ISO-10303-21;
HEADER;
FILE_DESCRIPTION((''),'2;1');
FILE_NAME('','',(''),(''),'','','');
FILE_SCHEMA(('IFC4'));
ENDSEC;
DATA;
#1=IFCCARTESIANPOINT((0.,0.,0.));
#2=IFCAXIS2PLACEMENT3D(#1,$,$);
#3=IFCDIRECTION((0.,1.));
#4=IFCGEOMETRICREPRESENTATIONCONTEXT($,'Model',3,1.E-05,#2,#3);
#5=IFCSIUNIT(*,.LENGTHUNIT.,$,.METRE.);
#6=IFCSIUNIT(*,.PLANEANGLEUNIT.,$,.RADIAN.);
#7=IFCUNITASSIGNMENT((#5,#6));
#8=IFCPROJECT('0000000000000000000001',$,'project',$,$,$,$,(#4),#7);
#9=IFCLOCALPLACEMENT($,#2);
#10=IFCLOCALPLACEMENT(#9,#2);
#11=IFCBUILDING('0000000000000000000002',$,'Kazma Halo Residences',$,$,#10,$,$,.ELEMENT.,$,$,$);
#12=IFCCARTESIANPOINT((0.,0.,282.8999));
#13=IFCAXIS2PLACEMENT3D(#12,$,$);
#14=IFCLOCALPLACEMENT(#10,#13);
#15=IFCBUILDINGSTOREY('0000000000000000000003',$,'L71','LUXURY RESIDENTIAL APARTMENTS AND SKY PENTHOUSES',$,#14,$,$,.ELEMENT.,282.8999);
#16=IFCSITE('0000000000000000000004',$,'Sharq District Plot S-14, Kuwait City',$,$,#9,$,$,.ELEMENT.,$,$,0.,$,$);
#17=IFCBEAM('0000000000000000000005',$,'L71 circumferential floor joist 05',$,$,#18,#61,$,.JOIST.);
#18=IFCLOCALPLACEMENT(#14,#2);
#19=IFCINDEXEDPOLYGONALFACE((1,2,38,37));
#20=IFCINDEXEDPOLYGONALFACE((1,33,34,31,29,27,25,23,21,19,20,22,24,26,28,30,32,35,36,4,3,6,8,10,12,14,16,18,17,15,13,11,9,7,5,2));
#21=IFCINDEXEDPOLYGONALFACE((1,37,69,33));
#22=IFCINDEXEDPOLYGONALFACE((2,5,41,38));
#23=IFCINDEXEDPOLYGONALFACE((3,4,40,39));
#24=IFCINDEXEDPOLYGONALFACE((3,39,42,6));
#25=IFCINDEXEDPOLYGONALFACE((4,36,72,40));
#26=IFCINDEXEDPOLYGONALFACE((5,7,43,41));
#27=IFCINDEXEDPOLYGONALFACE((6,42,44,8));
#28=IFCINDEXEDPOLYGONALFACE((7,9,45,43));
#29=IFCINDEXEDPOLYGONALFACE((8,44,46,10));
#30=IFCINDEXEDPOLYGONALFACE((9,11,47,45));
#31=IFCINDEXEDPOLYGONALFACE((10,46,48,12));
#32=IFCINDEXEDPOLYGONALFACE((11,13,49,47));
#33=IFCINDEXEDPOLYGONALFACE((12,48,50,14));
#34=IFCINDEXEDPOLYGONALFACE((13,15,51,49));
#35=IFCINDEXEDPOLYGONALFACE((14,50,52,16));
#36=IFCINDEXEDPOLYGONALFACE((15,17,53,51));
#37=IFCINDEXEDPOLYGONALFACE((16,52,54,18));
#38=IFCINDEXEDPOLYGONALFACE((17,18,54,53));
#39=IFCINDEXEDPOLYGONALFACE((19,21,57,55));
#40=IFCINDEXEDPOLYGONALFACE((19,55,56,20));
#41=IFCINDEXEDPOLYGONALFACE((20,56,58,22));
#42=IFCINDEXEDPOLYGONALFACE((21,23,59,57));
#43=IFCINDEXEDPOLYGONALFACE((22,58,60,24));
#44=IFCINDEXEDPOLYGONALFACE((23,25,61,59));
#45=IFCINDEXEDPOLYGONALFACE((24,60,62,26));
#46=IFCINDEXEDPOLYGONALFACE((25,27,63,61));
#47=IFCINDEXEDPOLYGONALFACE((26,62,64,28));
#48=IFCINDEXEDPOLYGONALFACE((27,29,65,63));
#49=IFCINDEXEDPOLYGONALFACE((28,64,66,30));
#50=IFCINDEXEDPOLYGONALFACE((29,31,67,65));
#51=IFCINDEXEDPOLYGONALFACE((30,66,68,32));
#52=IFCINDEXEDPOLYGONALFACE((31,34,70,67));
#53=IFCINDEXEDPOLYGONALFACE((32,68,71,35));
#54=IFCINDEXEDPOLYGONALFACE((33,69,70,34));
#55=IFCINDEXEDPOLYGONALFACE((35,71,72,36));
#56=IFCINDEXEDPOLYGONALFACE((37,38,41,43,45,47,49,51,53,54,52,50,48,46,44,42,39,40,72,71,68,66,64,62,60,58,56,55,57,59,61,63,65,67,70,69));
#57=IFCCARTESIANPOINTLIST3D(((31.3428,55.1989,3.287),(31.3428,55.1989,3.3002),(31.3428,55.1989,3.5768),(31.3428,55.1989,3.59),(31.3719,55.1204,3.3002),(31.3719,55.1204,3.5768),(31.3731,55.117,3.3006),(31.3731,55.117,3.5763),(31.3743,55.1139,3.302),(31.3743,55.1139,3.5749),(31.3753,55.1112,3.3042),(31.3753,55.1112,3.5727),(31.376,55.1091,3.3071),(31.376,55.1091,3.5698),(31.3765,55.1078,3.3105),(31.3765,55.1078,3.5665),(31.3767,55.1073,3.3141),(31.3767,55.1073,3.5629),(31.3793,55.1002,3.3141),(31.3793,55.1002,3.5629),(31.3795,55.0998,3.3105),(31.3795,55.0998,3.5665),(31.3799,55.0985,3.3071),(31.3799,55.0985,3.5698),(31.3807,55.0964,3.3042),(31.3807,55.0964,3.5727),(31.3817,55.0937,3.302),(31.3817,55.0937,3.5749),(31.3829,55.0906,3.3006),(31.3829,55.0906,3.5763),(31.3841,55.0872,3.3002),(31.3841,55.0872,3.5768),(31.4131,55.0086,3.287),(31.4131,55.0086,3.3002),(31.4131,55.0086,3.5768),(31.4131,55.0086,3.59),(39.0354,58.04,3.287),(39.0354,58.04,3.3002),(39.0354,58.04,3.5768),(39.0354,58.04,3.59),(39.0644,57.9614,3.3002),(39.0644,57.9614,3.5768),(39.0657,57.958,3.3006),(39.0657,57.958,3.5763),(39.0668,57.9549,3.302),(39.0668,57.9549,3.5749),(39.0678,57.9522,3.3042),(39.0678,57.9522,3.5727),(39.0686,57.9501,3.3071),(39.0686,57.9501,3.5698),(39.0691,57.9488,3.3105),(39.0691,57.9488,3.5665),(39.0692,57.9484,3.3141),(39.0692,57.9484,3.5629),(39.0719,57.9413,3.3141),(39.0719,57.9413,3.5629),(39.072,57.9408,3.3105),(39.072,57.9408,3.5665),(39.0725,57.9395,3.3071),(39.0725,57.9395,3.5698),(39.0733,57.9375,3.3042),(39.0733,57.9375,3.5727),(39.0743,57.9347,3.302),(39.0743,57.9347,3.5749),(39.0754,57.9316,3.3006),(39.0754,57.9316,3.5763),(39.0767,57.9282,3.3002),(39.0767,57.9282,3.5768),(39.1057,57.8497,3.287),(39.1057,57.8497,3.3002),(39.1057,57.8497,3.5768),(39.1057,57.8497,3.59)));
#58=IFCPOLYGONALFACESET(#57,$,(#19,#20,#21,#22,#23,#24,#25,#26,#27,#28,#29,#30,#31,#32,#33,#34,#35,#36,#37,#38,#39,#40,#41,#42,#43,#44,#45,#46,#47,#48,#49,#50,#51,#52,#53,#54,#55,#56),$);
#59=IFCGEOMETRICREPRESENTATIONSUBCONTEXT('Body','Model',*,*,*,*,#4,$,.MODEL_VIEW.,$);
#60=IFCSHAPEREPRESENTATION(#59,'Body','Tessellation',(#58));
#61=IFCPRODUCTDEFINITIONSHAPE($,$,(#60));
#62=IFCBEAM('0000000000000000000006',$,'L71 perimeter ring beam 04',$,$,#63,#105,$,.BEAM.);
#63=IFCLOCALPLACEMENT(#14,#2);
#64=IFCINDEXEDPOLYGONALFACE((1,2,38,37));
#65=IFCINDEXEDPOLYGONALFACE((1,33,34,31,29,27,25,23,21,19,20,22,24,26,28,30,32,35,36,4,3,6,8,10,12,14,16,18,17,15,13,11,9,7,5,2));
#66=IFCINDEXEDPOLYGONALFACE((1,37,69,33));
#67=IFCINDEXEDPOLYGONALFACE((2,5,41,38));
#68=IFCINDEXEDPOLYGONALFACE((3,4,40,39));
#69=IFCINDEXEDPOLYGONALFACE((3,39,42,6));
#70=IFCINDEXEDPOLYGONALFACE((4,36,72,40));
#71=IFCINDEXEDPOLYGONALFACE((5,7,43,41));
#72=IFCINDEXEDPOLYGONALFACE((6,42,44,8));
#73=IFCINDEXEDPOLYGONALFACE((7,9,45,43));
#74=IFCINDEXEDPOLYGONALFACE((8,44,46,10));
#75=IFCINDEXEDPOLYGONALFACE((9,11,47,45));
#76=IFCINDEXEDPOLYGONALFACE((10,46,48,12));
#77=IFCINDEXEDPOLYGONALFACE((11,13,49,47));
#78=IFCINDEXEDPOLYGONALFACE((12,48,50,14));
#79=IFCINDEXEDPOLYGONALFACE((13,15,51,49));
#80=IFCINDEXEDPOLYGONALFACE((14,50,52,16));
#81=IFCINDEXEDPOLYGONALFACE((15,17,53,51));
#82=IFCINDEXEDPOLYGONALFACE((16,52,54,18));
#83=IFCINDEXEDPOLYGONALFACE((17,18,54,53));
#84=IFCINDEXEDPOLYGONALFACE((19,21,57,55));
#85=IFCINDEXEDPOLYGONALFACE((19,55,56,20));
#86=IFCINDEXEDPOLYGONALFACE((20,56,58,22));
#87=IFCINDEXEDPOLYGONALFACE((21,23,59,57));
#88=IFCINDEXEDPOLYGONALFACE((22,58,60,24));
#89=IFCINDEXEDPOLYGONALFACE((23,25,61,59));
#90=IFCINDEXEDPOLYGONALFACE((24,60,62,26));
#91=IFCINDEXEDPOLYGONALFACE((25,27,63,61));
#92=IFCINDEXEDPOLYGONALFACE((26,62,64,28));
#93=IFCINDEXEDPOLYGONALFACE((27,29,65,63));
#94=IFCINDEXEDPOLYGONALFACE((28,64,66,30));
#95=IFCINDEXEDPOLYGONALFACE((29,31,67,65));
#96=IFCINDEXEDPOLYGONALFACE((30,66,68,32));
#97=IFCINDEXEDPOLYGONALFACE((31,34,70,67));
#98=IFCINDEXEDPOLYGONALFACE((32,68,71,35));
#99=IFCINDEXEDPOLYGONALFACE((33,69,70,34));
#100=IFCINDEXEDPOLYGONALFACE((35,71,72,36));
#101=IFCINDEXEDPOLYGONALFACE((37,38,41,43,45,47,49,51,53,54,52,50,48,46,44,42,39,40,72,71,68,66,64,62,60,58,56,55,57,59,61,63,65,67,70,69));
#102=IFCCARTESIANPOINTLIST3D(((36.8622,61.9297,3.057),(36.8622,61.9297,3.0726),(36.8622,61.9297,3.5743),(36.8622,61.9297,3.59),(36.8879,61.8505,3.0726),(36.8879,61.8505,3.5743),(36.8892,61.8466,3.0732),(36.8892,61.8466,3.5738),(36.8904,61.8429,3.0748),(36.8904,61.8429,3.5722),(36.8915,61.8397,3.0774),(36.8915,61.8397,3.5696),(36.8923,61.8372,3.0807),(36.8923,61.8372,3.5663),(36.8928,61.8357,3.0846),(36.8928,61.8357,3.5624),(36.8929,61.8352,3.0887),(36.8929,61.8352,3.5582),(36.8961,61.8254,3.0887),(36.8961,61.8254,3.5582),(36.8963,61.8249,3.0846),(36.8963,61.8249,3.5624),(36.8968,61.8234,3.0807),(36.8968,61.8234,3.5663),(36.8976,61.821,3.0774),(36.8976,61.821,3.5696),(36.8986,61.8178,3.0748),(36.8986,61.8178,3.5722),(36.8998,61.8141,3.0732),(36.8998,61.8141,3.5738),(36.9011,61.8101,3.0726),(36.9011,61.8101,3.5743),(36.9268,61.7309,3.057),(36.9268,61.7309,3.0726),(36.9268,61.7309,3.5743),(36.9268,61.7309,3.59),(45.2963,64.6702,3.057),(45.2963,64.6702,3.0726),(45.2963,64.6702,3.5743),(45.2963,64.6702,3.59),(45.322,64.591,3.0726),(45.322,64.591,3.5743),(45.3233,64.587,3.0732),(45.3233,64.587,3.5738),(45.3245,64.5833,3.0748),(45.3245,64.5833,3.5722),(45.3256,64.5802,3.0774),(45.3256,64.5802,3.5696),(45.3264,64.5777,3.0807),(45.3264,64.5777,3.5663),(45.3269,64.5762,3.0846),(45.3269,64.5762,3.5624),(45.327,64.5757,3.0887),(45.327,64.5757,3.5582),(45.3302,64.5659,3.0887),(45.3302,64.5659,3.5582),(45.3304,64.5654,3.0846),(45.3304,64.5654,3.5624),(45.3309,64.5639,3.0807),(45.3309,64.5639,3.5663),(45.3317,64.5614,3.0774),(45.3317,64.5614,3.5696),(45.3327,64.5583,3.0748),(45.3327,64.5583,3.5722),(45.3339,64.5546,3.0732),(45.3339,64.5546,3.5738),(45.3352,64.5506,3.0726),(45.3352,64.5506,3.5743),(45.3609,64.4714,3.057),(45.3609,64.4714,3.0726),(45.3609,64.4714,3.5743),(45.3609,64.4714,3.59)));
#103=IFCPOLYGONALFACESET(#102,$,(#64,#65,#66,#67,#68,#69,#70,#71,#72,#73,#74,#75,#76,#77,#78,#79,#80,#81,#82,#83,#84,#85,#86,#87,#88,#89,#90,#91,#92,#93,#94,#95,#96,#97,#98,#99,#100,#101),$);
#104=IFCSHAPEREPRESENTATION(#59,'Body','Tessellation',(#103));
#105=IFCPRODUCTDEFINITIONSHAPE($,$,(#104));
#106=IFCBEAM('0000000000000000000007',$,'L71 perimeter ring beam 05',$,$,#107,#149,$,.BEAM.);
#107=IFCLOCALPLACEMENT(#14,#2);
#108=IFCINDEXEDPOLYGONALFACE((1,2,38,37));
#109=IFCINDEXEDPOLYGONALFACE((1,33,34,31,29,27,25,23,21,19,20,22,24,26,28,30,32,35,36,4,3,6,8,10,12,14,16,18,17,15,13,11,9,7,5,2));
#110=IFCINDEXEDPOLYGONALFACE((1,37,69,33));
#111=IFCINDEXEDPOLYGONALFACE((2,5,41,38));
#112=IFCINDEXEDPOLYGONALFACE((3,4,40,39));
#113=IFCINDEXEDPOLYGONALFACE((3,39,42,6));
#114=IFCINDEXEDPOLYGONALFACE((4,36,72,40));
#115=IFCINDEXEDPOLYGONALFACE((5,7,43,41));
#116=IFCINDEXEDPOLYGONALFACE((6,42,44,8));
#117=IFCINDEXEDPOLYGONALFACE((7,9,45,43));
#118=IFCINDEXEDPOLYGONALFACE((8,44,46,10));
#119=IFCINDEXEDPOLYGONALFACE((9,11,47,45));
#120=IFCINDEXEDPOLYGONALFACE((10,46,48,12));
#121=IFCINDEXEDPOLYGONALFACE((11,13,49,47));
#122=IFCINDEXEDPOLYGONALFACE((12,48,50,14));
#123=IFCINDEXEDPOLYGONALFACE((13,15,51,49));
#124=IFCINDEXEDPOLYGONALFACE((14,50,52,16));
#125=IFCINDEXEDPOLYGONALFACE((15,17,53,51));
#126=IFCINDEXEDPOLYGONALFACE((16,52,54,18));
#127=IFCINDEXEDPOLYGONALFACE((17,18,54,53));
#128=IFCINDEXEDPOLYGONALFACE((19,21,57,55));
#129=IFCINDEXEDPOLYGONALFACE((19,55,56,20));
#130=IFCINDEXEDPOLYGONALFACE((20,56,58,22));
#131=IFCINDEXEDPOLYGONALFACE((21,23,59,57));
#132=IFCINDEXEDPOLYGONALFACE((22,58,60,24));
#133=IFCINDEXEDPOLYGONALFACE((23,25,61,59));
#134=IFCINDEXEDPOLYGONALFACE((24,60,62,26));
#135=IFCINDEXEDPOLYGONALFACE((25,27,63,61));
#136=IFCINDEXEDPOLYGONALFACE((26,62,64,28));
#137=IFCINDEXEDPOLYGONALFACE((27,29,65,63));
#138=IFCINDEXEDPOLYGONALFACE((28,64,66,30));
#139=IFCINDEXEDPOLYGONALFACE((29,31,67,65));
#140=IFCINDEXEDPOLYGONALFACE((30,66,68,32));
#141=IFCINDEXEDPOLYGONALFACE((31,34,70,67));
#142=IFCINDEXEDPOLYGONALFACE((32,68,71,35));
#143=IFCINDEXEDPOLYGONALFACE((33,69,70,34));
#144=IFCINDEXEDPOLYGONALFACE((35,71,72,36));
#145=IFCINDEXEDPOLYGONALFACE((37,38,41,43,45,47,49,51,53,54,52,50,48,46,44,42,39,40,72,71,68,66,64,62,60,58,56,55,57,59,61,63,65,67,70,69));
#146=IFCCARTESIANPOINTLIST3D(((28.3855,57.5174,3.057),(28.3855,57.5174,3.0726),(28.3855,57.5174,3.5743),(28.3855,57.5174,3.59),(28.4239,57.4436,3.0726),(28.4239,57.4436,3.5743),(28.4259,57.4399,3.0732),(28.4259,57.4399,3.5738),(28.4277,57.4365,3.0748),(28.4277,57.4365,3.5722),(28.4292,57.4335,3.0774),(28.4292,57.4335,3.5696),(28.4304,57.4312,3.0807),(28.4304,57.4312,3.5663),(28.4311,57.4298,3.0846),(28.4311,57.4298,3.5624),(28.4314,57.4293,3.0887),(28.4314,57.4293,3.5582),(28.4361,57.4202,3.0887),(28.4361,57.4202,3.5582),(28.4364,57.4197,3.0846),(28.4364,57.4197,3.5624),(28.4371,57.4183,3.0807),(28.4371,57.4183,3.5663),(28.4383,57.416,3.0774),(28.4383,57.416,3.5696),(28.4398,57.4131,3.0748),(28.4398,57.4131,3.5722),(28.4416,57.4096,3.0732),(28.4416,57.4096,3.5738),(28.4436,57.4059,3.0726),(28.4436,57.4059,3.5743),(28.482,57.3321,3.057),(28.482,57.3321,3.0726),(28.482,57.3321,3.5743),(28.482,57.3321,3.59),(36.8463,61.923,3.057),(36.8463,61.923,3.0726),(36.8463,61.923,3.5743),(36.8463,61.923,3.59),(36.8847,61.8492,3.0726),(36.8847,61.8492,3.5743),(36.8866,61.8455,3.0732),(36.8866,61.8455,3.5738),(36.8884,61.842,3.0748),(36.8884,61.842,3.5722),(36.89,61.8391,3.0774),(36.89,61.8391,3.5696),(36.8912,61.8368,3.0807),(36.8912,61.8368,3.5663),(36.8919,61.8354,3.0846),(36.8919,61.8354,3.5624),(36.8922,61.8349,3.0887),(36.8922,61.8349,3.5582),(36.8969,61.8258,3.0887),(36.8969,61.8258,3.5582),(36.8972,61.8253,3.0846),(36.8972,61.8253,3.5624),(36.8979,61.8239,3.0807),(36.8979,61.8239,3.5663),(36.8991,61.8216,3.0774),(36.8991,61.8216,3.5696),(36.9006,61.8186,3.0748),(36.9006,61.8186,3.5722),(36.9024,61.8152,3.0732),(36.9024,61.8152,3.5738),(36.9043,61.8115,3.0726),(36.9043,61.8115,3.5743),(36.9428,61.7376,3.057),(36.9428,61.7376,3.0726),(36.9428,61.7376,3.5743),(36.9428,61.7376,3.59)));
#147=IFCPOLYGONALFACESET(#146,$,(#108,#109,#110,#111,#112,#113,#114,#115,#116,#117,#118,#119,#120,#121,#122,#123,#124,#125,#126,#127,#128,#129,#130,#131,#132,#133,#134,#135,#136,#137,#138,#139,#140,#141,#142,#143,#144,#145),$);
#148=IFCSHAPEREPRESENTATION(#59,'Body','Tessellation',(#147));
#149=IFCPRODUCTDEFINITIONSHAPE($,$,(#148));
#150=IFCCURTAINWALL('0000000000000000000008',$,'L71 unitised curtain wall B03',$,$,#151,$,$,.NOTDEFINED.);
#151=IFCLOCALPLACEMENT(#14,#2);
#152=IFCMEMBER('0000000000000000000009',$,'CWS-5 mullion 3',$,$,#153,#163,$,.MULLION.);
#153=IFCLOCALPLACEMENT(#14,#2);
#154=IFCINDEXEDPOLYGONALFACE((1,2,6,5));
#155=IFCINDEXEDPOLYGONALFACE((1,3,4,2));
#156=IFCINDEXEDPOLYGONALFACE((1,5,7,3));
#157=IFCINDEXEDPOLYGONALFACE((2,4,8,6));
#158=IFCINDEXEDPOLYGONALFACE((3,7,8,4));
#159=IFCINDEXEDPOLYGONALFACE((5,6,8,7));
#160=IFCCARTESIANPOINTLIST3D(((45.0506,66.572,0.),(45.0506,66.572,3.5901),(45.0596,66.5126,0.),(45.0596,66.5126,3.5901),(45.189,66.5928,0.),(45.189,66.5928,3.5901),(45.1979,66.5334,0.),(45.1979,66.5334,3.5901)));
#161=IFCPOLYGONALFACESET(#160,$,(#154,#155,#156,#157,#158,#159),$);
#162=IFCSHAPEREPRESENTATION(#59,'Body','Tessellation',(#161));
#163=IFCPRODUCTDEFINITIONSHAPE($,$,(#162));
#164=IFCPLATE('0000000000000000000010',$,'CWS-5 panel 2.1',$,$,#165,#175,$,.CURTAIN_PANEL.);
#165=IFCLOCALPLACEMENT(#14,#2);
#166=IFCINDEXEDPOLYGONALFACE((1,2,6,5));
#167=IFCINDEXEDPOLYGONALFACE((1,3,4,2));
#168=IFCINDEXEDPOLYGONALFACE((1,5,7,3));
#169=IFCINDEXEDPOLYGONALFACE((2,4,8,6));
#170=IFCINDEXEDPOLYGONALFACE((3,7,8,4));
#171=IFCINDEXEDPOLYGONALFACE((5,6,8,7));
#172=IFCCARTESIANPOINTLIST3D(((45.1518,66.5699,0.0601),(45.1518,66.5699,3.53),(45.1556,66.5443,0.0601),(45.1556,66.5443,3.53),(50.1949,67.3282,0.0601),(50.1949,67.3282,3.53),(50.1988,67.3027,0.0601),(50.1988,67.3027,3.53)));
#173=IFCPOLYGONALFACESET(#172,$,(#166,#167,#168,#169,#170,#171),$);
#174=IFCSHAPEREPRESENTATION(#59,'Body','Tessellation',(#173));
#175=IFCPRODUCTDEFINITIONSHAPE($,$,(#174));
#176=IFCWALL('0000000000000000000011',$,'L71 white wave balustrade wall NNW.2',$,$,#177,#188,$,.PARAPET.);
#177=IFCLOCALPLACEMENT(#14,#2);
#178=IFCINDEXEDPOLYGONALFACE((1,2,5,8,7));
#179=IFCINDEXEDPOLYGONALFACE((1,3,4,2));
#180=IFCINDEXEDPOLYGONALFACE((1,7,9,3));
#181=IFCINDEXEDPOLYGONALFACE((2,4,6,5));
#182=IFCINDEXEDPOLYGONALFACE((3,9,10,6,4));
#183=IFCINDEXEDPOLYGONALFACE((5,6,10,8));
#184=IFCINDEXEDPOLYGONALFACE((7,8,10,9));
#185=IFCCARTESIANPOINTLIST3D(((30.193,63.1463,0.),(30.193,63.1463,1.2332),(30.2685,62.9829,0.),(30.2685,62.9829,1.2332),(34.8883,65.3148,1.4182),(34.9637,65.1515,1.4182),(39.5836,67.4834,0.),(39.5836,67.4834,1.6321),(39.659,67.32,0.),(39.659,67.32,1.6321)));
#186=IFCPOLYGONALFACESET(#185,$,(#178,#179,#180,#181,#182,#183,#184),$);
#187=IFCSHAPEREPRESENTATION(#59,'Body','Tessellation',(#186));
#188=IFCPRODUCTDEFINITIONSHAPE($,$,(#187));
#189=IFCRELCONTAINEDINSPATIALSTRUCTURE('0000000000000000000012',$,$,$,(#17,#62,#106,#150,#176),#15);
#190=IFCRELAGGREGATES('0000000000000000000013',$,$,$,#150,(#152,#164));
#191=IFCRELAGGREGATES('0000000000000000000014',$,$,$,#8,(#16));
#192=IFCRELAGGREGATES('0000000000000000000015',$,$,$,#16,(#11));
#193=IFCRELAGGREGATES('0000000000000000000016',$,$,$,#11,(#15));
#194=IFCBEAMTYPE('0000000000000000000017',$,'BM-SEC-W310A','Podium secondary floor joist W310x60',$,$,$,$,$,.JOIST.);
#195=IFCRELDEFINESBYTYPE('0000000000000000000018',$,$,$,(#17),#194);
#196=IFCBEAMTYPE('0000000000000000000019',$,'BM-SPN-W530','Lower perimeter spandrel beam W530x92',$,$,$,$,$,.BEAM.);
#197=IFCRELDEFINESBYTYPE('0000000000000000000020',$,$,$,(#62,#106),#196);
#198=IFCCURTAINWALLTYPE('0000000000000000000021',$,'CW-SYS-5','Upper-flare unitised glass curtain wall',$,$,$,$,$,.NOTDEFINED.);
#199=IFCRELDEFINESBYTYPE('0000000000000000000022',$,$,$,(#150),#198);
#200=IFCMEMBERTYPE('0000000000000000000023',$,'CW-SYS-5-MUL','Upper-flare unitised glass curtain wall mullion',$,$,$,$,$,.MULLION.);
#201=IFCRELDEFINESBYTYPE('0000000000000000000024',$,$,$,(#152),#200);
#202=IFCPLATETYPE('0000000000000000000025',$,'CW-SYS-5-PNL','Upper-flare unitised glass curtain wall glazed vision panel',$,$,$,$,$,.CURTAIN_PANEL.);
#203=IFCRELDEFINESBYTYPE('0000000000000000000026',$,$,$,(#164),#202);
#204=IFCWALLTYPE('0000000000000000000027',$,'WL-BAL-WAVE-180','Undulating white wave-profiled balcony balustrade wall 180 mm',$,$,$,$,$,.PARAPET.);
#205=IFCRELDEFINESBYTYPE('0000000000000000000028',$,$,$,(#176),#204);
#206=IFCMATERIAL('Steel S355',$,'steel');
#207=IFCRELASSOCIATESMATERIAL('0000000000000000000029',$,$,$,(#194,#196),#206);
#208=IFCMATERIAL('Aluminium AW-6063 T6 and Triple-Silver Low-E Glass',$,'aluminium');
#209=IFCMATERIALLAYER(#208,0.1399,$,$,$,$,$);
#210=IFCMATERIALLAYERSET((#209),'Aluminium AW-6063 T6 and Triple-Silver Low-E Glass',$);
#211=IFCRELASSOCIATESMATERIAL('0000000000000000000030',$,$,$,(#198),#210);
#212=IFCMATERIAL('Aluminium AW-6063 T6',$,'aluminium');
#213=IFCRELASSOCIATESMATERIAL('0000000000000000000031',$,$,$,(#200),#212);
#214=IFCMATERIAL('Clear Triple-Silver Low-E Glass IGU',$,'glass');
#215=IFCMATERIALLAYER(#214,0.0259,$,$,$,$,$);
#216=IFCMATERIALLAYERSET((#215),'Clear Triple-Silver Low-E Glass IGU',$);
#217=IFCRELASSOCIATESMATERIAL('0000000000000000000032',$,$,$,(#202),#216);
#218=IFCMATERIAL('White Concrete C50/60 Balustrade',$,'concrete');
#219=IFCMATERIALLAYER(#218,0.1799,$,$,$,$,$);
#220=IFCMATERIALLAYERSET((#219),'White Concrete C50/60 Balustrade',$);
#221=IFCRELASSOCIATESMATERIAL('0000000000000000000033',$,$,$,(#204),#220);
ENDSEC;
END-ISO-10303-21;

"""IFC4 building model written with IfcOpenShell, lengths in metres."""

from ifc_helpers import new_model, si_unit, direction, frame, origin, origin_2d, place, context, subcontext, project, spatial, polyline, rectangle, i_section, outline, extrude, material, layer, layer_set, material_profile, profile_set, type_object, element, aggregate, save


model = new_model("IFC4")

# Units and contexts
model_context = context("Model", 3, precision=1e-05, world=origin(), true_north=direction((0.0, 1.0)))
body_context = subcontext(model_context, "Body", "Model", "MODEL_VIEW")
ifc_project = project(units=[si_unit("LENGTHUNIT", "METRE"), si_unit("PLANEANGLEUNIT", "RADIAN")], contexts=[model_context])

# Site, building, storey
site_placement = place(None, origin())
site = spatial("IfcSite", under=ifc_project, at=site_placement, Name="Sharq District Plot S-14, Kuwait City", CompositionType="ELEMENT", RefElevation=0.0)
building_placement = place(site_placement, origin())
building = spatial("IfcBuilding", under=site, at=building_placement, Name="Kazma Halo Residences", CompositionType="ELEMENT")
storey_placement = place(building_placement, frame((0.0, 0.0, 282.8999)))
storey = spatial("IfcBuildingStorey", under=building, at=storey_placement, Name="L71", Description="LUXURY RESIDENTIAL APARTMENTS AND SKY PENTHOUSES", CompositionType="ELEMENT", Elevation=282.8999)

# Beams
ifc_material_1 = material(Name="Steel S355", Category="steel")
ifc_material_profile_1 = material_profile(ifc_material_1, i_section(OverallWidth=0.2029, OverallDepth=0.303, WebThickness=0.0076, FlangeThickness=0.0132, FilletRadius=0.0139, at=origin_2d()), Name="W310x60")
ifc_profile_set_1 = profile_set([ifc_material_profile_1], Name="Steel S355")
beam_type_1 = type_object("IfcBeamType", Name="BM-SEC-W310A", Description="Podium secondary floor joist W310x60", PredefinedType="JOIST", material=ifc_profile_set_1)
beam_1_placement = place(storey_placement, frame((39.0706, 57.9448, 3.4385), z_axis=(-0.938068, -0.34645, 0.0), x_axis=(0.34645, -0.938068, 0.0)))
element("IfcBeam", 1, at=beam_1_placement, inside=storey, type_object=beam_type_1, Name="L71 circumferential floor joist 05", PredefinedType="JOIST", context=body_context, shape_type="SweptSolid", body=[
    extrude(i_section(OverallWidth=0.2029, OverallDepth=0.303, WebThickness=0.0076, FlangeThickness=0.0132, FilletRadius=0.0139, at=origin_2d()), origin(), (0.0, 0.0, 1.0), 8.2004),
])
ifc_material_profile_2 = material_profile(ifc_material_1, i_section(OverallWidth=0.209, OverallDepth=0.533, WebThickness=0.0103, FlangeThickness=0.0156, FilletRadius=0.0161, at=origin_2d()), Name="W530x92")
ifc_profile_set_2 = profile_set([ifc_material_profile_2], Name="Steel S355")
beam_type_2 = type_object("IfcBeamType", Name="BM-SPN-W530", Description="Lower perimeter spandrel beam W530x92", PredefinedType="BEAM", material=ifc_profile_set_2)
beam_2_placement = place(storey_placement, frame((45.3286, 64.5708, 3.3235), z_axis=(-0.951054, -0.309025, 0.0), x_axis=(0.309025, -0.951054, 0.0)))
element("IfcBeam", 2, at=beam_2_placement, inside=storey, type_object=beam_type_2, Name="L71 perimeter ring beam 04", PredefinedType="BEAM", context=body_context, shape_type="SweptSolid", body=[
    extrude(i_section(OverallWidth=0.209, OverallDepth=0.533, WebThickness=0.0103, FlangeThickness=0.0156, FilletRadius=0.0161, at=origin_2d()), origin(), (0.0, 0.0, 1.0), 8.8682),
])
beam_3_placement = place(storey_placement, frame((36.8945, 61.8303, 3.3235), z_axis=(-0.886961, -0.461844, 0.0), x_axis=(0.461844, -0.886961, 0.0)))
element("IfcBeam", 3, at=beam_3_placement, inside=storey, type_object=beam_type_2, Name="L71 perimeter ring beam 05", PredefinedType="BEAM", context=body_context, shape_type="SweptSolid", body=[
    extrude(i_section(OverallWidth=0.209, OverallDepth=0.533, WebThickness=0.0103, FlangeThickness=0.0156, FilletRadius=0.0161, at=origin_2d()), origin(), (0.0, 0.0, 1.0), 9.5391),
])

# Curtain wall, member, plate
ifc_material_2 = material(Name="Aluminium AW-6063 T6 and Triple-Silver Low-E Glass", Category="aluminium")
ifc_layer_1 = layer(ifc_material_2, 0.1399)
ifc_layer_set_1 = layer_set([ifc_layer_1], Name="Aluminium AW-6063 T6 and Triple-Silver Low-E Glass")
curtain_wall_type = type_object("IfcCurtainWallType", Name="CW-SYS-5", Description="Upper-flare unitised glass curtain wall", PredefinedType="NOTDEFINED", material=ifc_layer_set_1)
curtain_wall_placement = place(storey_placement, origin())
curtain_wall = element("IfcCurtainWall", 4, at=curtain_wall_placement, inside=storey, type_object=curtain_wall_type, Name="L71 unitised curtain wall B03", PredefinedType="NOTDEFINED")
ifc_material_3 = material(Name="Aluminium AW-6063 T6", Category="aluminium")
ifc_material_profile_3 = material_profile(ifc_material_3, rectangle(XDim=0.0601, YDim=0.1399, at=origin_2d()), Name="CWM-60x140")
ifc_profile_set_3 = profile_set([ifc_material_profile_3], Name="Aluminium AW-6063 T6")
member_type = type_object("IfcMemberType", Name="CW-SYS-5-MUL", Description="Upper-flare unitised glass curtain wall mullion", PredefinedType="MULLION", material=ifc_profile_set_3)
member_placement = place(storey_placement, frame((45.1243, 66.5527, 0.0), z_axis=(0.0, 0.0, 1.0), x_axis=(0.148697, -0.988883, 0.0)))
member = element("IfcMember", 5, at=member_placement, type_object=member_type, Name="CWS-5 mullion 3", PredefinedType="MULLION", context=body_context, shape_type="SweptSolid", body=[
    extrude(rectangle(XDim=0.0601, YDim=0.1399, at=origin_2d()), origin(), (0.0, 0.0, 1.0), 3.5901),
])
ifc_material_4 = material(Name="Clear Triple-Silver Low-E Glass IGU", Category="glass")
ifc_layer_2 = layer(ifc_material_4, 0.0259)
ifc_layer_set_2 = layer_set([ifc_layer_2], Name="Clear Triple-Silver Low-E Glass IGU")
plate_type = type_object("IfcPlateType", Name="CW-SYS-5-PNL", Description="Upper-flare unitised glass curtain wall glazed vision panel", PredefinedType="CURTAIN_PANEL", material=ifc_layer_set_2)
plate_placement = place(storey_placement, frame((47.6753, 66.9363, 0.0601), z_axis=(0.0, 0.0, 1.0), x_axis=(-0.988883, -0.148697, 0.0)))
plate = element("IfcPlate", 6, at=plate_placement, type_object=plate_type, Name="CWS-5 panel 2.1", PredefinedType="CURTAIN_PANEL", context=body_context, shape_type="SweptSolid", body=[
    extrude(rectangle(XDim=5.0999, YDim=0.0259, at=origin_2d()), origin(), (0.0, 0.0, 1.0), 3.47),
])
aggregate(curtain_wall, [member, plate])

# Wall
ifc_material_5 = material(Name="White Concrete C50/60 Balustrade", Category="concrete")
ifc_layer_3 = layer(ifc_material_5, 0.1799)
ifc_layer_set_3 = layer_set([ifc_layer_3], Name="White Concrete C50/60 Balustrade")
wall_type_1 = type_object("IfcWallType", Name="WL-BAL-WAVE-180", Description="Undulating white wave-profiled balcony balustrade wall 180 mm", PredefinedType="PARAPET", material=ifc_layer_set_3)
wall_1_placement = place(storey_placement, frame((39.6213, 67.4016, 0.0), z_axis=(0.0, 0.0, 1.0), x_axis=(-0.907848, -0.419299, 0.0)))
element("IfcWall", 7, at=wall_1_placement, inside=storey, type_object=wall_type_1, Name="L71 white wave balustrade wall NNW.2", PredefinedType="PARAPET", context=body_context, shape_type="SweptSolid", body=[
    extrude(outline(polyline([(0.0, 0.0), (10.3438, 0.0), (10.3438, 1.2332), (5.1719, 1.4182), (0.0, 1.6321), (0.0, 0.0)])), frame((0.0, 0.0898, 0.0), z_axis=(0.0, -1.0, 0.0), x_axis=(1.0, 0.0, 0.0)), (0.0, 0.0, 1.0), 0.1799),
])

save(model, "model.ifc")
